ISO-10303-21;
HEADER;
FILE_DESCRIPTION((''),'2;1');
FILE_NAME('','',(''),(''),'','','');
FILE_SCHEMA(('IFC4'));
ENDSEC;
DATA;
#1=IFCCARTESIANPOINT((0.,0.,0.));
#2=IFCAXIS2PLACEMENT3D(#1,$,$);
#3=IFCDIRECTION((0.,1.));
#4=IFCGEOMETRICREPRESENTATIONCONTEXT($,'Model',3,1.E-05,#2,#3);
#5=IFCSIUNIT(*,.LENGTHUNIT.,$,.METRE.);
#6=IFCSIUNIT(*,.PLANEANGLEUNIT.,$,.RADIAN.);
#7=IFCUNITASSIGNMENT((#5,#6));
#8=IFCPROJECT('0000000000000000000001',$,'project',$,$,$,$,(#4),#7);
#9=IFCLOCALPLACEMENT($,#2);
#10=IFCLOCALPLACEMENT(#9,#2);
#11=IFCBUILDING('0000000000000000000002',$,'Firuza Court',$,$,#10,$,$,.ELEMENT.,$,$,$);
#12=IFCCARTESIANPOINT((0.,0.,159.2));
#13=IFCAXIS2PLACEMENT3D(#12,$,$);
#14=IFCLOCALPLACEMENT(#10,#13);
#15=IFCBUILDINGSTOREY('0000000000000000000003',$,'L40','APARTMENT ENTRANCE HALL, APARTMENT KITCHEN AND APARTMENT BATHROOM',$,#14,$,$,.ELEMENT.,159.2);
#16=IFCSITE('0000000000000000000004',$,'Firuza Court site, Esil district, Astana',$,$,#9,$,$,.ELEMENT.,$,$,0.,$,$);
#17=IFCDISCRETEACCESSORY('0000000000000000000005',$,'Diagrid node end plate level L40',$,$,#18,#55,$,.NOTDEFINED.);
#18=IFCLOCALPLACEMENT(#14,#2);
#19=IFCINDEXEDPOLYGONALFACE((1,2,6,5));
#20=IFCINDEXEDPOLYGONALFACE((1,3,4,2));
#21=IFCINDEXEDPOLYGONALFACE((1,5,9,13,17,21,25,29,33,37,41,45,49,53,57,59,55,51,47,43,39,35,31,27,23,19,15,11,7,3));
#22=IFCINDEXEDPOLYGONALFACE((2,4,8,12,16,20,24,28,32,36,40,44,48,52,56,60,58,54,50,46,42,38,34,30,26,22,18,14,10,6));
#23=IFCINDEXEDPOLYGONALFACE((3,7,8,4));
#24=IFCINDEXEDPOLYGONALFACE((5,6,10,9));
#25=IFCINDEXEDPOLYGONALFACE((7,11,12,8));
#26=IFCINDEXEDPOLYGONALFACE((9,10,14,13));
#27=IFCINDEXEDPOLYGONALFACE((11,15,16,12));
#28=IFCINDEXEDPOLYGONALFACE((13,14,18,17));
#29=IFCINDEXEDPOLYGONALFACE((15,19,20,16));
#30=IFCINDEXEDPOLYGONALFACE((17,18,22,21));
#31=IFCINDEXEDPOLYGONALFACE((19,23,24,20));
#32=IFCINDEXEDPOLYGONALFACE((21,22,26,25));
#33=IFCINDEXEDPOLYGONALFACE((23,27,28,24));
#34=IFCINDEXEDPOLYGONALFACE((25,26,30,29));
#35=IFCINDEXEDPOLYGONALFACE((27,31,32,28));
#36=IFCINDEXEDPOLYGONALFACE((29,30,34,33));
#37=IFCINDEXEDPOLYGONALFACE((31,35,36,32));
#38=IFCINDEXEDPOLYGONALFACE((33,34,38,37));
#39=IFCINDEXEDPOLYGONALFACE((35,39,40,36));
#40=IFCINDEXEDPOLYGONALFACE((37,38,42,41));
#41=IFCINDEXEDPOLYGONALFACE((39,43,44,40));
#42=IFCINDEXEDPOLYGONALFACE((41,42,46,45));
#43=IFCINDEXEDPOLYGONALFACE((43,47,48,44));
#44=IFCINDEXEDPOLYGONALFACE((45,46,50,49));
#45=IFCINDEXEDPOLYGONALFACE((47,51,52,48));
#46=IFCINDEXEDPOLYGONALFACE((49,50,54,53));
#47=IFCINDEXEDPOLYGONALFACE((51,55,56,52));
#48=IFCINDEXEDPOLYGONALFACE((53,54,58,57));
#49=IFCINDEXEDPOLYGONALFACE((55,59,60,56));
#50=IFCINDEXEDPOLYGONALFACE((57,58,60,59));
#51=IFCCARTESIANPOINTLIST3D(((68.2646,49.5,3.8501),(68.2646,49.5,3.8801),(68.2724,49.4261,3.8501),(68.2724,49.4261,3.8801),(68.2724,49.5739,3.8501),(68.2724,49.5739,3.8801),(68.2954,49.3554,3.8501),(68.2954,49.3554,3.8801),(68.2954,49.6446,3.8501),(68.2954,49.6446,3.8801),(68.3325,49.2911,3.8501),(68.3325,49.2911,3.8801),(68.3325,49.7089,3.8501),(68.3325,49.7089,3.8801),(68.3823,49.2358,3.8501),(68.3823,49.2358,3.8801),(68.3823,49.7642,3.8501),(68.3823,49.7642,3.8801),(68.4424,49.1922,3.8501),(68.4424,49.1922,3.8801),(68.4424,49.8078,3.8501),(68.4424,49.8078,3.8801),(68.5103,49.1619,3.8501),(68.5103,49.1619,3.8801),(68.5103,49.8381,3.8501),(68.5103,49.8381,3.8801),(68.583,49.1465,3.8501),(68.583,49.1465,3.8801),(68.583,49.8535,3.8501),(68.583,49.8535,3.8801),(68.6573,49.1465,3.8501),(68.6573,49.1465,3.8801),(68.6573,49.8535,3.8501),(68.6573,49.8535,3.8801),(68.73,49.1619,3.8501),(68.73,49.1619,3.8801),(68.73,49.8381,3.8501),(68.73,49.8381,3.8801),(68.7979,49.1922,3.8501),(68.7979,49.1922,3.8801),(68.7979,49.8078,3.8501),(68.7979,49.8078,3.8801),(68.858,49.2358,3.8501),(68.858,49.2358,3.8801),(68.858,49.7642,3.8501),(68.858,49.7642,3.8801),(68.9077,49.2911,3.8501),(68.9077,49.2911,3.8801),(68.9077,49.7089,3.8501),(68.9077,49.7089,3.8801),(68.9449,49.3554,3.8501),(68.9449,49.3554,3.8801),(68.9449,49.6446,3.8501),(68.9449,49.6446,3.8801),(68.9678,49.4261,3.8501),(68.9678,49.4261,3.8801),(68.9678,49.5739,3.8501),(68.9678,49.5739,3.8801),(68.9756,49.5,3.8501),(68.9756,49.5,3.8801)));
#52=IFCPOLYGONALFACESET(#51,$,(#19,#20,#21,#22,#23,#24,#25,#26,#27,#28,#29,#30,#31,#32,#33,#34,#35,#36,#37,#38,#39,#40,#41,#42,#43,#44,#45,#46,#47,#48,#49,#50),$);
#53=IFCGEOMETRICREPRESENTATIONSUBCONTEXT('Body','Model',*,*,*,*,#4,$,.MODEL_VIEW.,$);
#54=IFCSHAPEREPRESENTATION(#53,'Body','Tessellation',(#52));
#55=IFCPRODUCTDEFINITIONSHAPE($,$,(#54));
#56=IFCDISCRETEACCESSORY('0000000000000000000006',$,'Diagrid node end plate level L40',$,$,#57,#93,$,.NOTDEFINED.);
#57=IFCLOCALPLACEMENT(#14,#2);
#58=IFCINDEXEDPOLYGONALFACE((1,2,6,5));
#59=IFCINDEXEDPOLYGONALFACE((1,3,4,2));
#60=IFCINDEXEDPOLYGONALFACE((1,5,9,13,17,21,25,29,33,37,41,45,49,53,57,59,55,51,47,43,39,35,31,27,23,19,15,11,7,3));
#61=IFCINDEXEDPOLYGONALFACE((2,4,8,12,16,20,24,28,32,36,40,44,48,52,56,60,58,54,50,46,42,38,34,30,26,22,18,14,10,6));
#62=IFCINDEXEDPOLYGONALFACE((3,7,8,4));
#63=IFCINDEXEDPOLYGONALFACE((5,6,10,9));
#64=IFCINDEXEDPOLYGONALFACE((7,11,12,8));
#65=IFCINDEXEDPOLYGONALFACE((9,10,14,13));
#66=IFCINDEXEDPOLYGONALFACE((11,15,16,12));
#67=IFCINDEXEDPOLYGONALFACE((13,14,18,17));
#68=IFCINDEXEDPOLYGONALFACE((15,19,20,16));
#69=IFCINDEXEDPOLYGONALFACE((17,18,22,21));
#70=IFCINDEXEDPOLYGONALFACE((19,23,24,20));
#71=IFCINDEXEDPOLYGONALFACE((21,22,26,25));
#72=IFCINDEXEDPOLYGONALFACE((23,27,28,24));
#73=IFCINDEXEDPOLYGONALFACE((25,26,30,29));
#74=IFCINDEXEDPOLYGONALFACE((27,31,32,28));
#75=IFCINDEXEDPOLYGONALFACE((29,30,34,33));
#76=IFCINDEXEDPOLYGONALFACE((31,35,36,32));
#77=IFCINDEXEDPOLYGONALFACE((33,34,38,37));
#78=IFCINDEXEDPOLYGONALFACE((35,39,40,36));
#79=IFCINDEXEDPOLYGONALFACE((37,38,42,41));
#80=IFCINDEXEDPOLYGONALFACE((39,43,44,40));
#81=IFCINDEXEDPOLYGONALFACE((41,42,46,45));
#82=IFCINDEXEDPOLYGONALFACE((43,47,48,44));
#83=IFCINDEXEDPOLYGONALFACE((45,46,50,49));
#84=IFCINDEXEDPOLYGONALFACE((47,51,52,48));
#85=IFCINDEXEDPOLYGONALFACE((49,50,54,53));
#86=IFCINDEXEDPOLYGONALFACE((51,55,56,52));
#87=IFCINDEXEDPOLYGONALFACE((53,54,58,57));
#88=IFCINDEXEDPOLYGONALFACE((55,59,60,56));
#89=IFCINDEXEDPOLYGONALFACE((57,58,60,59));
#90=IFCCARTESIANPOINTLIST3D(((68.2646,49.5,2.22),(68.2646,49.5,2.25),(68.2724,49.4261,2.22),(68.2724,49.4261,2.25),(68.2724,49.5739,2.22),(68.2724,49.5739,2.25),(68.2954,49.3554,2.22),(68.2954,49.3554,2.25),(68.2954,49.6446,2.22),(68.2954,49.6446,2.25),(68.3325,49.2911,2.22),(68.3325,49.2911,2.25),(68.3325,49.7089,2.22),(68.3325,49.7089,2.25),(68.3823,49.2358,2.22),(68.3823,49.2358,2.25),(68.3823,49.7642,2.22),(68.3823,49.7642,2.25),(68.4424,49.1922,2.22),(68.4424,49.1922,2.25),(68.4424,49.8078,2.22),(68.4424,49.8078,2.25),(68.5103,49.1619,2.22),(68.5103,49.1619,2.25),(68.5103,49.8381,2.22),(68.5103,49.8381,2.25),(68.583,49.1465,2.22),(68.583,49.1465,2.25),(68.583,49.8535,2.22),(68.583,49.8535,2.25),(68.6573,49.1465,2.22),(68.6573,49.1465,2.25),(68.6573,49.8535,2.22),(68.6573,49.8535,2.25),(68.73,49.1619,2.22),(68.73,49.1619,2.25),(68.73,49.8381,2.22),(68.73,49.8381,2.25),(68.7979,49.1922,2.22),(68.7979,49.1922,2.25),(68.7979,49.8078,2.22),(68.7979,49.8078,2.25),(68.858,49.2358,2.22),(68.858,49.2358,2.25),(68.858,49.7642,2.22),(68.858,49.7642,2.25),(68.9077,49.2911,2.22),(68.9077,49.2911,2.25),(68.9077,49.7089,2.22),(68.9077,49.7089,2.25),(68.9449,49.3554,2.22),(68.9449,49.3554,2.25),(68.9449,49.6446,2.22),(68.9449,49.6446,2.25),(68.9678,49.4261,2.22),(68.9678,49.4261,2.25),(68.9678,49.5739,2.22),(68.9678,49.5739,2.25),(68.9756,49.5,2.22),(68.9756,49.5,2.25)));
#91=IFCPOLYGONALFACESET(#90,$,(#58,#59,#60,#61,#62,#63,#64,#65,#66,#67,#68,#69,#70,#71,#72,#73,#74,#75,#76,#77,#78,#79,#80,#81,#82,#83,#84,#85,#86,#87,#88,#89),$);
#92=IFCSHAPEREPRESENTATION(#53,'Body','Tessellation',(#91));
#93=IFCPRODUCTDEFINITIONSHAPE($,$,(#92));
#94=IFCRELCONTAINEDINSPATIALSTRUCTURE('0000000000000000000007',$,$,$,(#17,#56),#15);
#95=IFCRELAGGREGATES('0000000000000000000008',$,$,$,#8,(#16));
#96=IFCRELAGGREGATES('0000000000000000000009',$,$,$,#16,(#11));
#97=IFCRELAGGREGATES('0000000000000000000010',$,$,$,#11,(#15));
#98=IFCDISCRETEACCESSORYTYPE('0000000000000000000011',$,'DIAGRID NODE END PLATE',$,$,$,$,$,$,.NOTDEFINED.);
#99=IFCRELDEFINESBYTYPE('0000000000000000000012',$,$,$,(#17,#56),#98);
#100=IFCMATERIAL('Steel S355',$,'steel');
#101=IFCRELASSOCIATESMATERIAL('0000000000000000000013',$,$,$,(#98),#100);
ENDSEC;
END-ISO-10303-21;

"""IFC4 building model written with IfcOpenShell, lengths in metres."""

from ifc_helpers import new_model, si_unit, direction, frame, origin, origin_2d, place, context, subcontext, project, spatial, circle, extrude, material, material_profile, profile_set, type_object, element, save


model = new_model("IFC4")

# Units and contexts
model_context = context("Model", 3, precision=1e-05, world=origin(), true_north=direction((0.0, 1.0)))
body_context = subcontext(model_context, "Body", "Model", "MODEL_VIEW")
ifc_project = project(units=[si_unit("LENGTHUNIT", "METRE"), si_unit("PLANEANGLEUNIT", "RADIAN")], contexts=[model_context])

# Site, building, storey
site_placement = place(None, origin())
site = spatial("IfcSite", under=ifc_project, at=site_placement, Name="Firuza Court site, Esil district, Astana", CompositionType="ELEMENT", RefElevation=0.0)
building_placement = place(site_placement, origin())
building = spatial("IfcBuilding", under=site, at=building_placement, Name="Firuza Court", CompositionType="ELEMENT")
storey_placement = place(building_placement, frame((0.0, 0.0, 159.2)))
storey = spatial("IfcBuildingStorey", under=building, at=storey_placement, Name="L40", Description="APARTMENT ENTRANCE HALL, APARTMENT KITCHEN AND APARTMENT BATHROOM", CompositionType="ELEMENT", Elevation=159.2)

# Discrete accessories
ifc_material_1 = material(Name="Steel S355", Category="steel")
ifc_material_profile_1 = material_profile(ifc_material_1, circle(Radius=0.3555, at=origin_2d()), Name="PL D711")
ifc_profile_set_1 = profile_set([ifc_material_profile_1], Name="Steel S355")
discrete_accessory_type = type_object("IfcDiscreteAccessoryType", Name="DIAGRID NODE END PLATE", PredefinedType="NOTDEFINED", material=ifc_profile_set_1)
for number, where, z_axis, x_axis, name in (
    (1, (68.6201, 49.5, 3.8501), (0.0, 0.0, 1.0), (1.0, 0.0, 0.0), "Diagrid node end plate level L40"),
    (2, (68.6201, 49.5, 2.22), (0.0, 0.0, 1.0), (1.0, 0.0, 0.0), "Diagrid node end plate level L40"),
):
    element("IfcDiscreteAccessory", number, at=place(storey_placement, frame(where, z_axis=z_axis, x_axis=x_axis)), inside=storey, type_object=discrete_accessory_type, Name=name, PredefinedType="NOTDEFINED", context=body_context, shape_type="SweptSolid", body=[
        extrude(circle(Radius=0.3555, at=origin_2d()), origin(), (0.0, 0.0, 1.0), 0.03),
    ])

save(model, "model.ifc")
